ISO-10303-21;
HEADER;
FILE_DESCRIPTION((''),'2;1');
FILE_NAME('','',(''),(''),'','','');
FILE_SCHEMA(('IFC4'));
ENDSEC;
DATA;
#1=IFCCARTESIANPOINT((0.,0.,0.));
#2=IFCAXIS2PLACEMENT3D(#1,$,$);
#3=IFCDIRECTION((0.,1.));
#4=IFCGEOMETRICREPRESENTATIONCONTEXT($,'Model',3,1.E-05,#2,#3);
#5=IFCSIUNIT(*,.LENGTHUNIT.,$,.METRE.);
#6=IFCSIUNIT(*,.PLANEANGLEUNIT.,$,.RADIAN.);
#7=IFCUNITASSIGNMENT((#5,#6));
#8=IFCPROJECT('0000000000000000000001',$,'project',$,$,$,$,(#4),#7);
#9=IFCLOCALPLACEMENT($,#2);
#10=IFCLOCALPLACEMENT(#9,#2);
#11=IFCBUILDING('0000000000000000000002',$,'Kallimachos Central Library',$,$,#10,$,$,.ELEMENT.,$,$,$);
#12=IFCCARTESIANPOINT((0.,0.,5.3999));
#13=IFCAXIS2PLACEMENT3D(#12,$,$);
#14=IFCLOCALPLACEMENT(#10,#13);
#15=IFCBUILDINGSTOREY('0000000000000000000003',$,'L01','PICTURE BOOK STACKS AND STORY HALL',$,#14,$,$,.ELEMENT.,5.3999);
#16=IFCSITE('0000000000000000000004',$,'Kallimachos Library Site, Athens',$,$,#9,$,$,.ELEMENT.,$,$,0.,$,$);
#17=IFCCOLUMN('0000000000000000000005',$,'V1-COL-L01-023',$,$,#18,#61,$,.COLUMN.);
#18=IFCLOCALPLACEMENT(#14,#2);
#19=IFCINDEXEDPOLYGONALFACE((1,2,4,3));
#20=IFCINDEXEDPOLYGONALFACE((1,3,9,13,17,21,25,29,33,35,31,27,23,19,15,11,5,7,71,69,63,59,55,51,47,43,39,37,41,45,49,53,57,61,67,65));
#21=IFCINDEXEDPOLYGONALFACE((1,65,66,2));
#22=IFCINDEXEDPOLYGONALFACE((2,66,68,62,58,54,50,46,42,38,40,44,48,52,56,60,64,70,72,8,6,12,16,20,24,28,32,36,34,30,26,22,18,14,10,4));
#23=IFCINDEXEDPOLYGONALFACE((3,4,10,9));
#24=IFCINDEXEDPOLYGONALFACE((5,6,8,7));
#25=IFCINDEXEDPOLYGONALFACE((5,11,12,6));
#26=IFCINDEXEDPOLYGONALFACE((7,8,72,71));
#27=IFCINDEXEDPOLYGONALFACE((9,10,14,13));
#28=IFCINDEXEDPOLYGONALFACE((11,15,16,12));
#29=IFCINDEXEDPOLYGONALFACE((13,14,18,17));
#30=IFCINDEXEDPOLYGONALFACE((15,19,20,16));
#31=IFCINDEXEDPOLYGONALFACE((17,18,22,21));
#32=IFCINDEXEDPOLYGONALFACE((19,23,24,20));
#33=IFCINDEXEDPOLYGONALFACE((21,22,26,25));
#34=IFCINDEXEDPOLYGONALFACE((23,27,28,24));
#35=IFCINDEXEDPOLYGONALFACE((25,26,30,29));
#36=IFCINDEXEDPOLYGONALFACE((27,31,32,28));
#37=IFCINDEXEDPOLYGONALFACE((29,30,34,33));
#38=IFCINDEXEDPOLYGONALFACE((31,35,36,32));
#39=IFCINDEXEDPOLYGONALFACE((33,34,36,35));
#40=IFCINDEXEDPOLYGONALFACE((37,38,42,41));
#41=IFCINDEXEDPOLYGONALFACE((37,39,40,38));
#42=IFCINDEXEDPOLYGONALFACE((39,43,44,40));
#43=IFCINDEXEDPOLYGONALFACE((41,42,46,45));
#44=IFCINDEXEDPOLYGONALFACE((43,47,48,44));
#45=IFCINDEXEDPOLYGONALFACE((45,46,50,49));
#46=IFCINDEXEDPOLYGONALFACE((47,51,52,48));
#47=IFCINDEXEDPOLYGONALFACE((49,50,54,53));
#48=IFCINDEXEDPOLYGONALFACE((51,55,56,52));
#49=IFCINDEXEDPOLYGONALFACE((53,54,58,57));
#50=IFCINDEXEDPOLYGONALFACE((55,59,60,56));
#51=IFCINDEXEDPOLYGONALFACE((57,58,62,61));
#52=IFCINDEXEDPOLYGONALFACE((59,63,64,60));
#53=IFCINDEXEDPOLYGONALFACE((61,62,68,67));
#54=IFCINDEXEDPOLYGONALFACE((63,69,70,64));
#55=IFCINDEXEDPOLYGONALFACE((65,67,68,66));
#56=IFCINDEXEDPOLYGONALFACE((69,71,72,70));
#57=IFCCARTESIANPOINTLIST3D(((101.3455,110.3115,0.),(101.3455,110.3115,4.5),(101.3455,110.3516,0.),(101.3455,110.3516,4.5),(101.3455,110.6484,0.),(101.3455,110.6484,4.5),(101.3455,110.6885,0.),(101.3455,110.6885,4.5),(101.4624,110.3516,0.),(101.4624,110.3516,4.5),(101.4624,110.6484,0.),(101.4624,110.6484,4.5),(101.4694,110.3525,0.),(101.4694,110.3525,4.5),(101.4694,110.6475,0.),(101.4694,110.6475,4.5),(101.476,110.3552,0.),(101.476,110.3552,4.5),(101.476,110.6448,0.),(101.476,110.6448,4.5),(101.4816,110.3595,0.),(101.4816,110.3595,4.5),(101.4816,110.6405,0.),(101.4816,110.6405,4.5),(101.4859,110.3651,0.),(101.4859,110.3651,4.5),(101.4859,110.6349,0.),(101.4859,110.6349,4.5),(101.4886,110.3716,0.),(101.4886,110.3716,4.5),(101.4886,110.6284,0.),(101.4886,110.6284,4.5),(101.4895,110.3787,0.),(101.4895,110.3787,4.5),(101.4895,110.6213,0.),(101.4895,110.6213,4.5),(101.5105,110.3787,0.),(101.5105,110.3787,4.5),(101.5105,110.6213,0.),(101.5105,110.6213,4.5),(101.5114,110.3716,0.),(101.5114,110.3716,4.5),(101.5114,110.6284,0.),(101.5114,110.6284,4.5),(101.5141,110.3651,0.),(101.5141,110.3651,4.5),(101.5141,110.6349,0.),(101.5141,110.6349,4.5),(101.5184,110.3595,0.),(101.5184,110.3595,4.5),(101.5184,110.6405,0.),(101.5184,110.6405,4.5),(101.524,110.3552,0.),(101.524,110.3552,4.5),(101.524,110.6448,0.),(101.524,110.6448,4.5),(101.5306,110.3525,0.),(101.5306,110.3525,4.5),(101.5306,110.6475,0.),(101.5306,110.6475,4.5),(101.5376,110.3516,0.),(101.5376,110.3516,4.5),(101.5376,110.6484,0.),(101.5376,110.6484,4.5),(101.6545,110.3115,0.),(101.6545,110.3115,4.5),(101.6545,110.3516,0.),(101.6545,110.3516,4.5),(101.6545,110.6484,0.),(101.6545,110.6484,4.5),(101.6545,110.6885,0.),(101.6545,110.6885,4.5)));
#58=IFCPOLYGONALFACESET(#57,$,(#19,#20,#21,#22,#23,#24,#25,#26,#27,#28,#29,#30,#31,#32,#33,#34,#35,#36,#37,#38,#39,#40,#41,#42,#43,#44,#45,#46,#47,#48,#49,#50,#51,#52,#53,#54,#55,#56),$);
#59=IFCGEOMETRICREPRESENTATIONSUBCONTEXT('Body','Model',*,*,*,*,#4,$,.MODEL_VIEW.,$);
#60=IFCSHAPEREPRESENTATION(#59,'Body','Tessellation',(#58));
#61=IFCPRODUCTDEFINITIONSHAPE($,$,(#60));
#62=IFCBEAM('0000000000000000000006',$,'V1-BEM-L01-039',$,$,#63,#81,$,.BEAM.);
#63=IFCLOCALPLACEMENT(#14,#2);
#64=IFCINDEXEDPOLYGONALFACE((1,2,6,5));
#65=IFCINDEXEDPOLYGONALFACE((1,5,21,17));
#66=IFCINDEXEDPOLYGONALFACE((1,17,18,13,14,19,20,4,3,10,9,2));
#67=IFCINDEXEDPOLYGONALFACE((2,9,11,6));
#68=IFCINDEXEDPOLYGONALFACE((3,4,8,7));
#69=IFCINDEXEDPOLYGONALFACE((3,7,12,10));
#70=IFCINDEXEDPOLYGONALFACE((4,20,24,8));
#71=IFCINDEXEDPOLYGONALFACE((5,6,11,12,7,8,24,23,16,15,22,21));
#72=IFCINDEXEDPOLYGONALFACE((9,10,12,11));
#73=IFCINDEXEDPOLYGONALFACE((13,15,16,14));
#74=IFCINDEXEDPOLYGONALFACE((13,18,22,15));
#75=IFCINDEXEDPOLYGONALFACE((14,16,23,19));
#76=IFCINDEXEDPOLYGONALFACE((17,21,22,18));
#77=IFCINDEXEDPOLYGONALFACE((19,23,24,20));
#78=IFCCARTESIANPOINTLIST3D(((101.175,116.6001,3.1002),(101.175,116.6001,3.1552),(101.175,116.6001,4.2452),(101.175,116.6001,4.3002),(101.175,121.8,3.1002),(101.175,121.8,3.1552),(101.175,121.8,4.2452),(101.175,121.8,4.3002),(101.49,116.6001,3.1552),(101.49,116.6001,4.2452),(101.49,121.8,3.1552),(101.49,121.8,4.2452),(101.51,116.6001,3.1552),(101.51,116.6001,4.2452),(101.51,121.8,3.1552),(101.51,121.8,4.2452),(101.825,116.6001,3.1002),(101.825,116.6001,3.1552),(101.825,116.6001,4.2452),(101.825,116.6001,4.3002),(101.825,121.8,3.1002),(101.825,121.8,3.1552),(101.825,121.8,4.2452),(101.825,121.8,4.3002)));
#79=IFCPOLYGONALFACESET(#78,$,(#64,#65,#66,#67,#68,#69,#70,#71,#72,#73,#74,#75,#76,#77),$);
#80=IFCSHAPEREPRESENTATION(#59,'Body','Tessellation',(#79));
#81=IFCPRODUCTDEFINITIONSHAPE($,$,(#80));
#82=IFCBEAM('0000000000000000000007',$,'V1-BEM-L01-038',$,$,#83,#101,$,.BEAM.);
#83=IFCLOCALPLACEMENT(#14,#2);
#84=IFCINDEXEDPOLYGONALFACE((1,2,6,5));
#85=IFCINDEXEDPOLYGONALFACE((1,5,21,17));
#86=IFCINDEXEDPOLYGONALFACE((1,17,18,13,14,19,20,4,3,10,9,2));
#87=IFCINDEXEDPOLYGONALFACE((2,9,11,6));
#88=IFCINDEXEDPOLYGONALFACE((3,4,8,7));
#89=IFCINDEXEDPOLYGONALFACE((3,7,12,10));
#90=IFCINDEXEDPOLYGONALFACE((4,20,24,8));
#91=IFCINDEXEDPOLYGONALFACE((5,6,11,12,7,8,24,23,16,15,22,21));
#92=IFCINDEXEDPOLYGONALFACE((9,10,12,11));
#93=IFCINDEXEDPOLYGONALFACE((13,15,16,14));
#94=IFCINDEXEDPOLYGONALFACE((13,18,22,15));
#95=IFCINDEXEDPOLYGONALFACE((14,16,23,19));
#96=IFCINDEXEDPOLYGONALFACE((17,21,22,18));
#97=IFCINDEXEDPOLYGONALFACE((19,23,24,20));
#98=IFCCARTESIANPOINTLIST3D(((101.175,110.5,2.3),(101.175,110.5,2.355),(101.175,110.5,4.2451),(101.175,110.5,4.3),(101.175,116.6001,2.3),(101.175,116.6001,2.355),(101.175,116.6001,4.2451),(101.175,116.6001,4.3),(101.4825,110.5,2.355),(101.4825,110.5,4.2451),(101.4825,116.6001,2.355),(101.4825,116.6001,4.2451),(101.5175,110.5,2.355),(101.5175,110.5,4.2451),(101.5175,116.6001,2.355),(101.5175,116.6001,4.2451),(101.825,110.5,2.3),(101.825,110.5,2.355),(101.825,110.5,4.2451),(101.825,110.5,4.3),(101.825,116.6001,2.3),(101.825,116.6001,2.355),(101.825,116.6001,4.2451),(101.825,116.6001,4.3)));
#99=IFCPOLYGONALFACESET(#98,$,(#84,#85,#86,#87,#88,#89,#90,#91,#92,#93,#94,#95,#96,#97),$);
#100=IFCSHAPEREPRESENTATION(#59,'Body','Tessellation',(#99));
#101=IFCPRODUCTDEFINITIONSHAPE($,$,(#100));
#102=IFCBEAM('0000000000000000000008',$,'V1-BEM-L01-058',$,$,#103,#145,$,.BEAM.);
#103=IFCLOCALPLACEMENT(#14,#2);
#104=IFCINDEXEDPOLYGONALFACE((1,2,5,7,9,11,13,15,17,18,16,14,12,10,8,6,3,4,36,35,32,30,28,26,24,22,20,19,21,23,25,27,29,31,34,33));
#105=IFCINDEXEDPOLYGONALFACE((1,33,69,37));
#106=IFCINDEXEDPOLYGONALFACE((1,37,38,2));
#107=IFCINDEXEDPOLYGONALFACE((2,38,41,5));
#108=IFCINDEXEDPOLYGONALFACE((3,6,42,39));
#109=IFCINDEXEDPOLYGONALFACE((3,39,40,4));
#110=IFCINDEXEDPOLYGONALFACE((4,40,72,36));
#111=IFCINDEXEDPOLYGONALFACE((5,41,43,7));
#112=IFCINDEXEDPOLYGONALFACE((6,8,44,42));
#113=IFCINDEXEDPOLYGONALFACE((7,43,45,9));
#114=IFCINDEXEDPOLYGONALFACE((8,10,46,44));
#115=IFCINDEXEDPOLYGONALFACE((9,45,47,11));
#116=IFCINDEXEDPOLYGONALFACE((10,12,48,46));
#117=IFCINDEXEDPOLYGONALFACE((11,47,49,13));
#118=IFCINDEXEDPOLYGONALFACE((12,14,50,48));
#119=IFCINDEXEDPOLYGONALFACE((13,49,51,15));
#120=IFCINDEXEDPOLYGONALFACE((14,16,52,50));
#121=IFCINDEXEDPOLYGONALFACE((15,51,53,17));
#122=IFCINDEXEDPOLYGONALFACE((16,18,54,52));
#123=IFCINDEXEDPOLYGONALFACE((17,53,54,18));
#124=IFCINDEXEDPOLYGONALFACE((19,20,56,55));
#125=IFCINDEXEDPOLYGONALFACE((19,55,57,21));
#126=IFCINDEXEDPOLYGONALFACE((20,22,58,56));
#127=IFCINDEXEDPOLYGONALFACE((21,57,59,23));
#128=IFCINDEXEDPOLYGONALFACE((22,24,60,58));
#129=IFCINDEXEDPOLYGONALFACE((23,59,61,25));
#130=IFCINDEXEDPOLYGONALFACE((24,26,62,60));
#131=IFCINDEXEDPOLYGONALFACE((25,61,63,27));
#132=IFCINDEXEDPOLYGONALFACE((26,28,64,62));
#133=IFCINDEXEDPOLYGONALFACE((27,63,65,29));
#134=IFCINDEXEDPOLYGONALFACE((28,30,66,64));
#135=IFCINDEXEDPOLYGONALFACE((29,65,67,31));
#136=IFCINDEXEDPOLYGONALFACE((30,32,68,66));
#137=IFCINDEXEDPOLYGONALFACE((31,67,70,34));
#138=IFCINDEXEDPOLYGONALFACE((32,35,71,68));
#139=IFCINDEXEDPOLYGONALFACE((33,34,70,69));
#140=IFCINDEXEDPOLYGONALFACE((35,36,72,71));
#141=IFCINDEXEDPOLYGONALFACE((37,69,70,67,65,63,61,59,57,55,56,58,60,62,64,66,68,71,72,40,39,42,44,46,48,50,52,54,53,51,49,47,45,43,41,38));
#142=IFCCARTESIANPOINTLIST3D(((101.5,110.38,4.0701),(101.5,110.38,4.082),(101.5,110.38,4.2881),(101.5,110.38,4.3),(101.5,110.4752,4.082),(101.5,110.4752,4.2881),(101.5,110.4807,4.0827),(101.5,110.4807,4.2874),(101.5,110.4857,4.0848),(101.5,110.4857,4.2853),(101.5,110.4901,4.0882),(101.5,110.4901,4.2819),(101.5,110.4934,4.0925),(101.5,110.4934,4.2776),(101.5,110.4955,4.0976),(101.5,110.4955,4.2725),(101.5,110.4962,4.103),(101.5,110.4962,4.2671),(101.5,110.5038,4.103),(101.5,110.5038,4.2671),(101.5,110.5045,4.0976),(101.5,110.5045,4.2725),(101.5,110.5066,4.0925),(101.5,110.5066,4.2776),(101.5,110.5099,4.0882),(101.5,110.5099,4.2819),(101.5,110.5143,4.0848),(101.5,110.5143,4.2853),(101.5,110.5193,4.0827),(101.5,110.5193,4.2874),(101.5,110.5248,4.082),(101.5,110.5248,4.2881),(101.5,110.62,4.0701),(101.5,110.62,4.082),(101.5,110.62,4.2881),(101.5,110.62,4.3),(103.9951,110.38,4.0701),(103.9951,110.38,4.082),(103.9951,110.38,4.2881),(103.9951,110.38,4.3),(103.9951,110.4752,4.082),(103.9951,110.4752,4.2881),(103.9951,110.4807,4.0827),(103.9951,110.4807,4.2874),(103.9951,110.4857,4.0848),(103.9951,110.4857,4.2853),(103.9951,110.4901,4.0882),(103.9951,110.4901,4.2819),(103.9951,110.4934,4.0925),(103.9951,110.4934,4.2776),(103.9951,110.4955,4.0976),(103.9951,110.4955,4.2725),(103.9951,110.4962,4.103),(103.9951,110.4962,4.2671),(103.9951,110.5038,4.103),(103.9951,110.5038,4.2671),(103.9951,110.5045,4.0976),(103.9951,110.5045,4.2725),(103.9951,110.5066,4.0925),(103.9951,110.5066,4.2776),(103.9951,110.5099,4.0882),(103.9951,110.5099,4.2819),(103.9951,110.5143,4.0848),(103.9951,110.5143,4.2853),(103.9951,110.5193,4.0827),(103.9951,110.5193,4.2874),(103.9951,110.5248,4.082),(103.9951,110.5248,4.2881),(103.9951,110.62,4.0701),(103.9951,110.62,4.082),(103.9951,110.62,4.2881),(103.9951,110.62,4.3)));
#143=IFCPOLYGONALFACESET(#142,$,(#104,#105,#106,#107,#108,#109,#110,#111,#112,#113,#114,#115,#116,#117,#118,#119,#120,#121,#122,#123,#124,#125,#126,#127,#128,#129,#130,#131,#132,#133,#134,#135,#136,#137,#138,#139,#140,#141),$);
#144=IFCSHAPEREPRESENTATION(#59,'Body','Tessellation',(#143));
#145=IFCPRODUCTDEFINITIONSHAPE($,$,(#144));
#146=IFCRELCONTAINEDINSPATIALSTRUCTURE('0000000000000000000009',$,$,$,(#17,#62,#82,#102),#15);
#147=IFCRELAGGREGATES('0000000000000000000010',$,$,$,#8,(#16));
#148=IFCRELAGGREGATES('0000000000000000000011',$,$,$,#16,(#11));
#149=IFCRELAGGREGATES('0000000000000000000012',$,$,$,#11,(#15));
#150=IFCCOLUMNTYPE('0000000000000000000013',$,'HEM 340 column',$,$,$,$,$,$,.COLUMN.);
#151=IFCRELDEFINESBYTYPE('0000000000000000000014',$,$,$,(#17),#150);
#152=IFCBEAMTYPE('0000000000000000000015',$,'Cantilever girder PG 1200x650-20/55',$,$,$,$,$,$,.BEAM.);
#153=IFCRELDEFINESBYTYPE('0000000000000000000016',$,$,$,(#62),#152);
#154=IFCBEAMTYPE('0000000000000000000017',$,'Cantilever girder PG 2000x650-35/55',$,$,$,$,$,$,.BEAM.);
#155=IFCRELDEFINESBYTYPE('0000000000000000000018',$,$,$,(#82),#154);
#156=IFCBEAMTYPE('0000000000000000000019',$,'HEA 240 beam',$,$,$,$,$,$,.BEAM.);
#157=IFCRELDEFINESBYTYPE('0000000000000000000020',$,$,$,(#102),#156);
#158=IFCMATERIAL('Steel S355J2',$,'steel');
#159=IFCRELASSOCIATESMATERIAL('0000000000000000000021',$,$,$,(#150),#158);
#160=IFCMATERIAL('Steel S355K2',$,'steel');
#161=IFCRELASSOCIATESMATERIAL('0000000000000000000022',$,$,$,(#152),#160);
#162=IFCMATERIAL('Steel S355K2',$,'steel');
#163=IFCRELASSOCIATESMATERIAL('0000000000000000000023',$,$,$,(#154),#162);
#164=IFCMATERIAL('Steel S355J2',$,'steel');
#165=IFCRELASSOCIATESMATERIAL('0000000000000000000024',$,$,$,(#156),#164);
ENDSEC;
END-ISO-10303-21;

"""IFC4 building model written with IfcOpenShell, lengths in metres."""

from ifc_helpers import new_model, si_unit, direction, frame, origin, origin_2d, place, context, subcontext, project, spatial, i_section, extrude, material, material_profile, profile_set, type_object, element, save


model = new_model("IFC4")

# Units and contexts
model_context = context("Model", 3, precision=1e-05, world=origin(), true_north=direction((0.0, 1.0)))
body_context = subcontext(model_context, "Body", "Model", "MODEL_VIEW")
ifc_project = project(units=[si_unit("LENGTHUNIT", "METRE"), si_unit("PLANEANGLEUNIT", "RADIAN")], contexts=[model_context])

# Site, building, storey
site_placement = place(None, origin())
site = spatial("IfcSite", under=ifc_project, at=site_placement, Name="Kallimachos Library Site, Athens", CompositionType="ELEMENT", RefElevation=0.0)
building_placement = place(site_placement, origin())
building = spatial("IfcBuilding", under=site, at=building_placement, Name="Kallimachos Central Library", CompositionType="ELEMENT")
storey_placement = place(building_placement, frame((0.0, 0.0, 5.3999)))
storey = spatial("IfcBuildingStorey", under=building, at=storey_placement, Name="L01", Description="PICTURE BOOK STACKS AND STORY HALL", CompositionType="ELEMENT", Elevation=5.3999)

# Column
ifc_material_1 = material(Name="Steel S355J2", Category="steel")
ifc_material_profile_1 = material_profile(ifc_material_1, i_section(OverallWidth=0.3091, OverallDepth=0.377, WebThickness=0.021, FlangeThickness=0.04, FilletRadius=0.0271, at=origin_2d()), Name="HEM 340")
ifc_profile_set_1 = profile_set([ifc_material_profile_1], Name="Steel S355J2")
column_type = type_object("IfcColumnType", Name="HEM 340 column", PredefinedType="COLUMN", material=ifc_profile_set_1)
column_placement = place(storey_placement, frame((101.5, 110.5, 0.0), z_axis=(0.0, 0.0, 1.0), x_axis=(1.0, 0.0, 0.0)))
element("IfcColumn", 1, at=column_placement, inside=storey, type_object=column_type, Name="V1-COL-L01-023", PredefinedType="COLUMN", context=body_context, shape_type="SweptSolid", body=[
    extrude(i_section(OverallWidth=0.3091, OverallDepth=0.377, WebThickness=0.021, FlangeThickness=0.04, FilletRadius=0.0271, at=origin_2d()), origin(), (0.0, 0.0, 1.0), 4.5),
])

# Beams
ifc_material_2 = material(Name="Steel S355K2", Category="steel")
ifc_material_profile_2 = material_profile(ifc_material_2, i_section(OverallWidth=0.6499, OverallDepth=1.2, WebThickness=0.02, FlangeThickness=0.0549, at=origin_2d()), Name="PG 1200x650-20/55")
ifc_profile_set_2 = profile_set([ifc_material_profile_2], Name="Steel S355K2")
beam_type_1 = type_object("IfcBeamType", Name="Cantilever girder PG 1200x650-20/55", PredefinedType="BEAM", material=ifc_profile_set_2)
beam_1_placement = place(storey_placement, frame((101.5, 116.6001, 3.7002), z_axis=(0.0, 1.0, 0.0), x_axis=(-1.0, 0.0, 0.0)))
element("IfcBeam", 2, at=beam_1_placement, inside=storey, type_object=beam_type_1, Name="V1-BEM-L01-039", PredefinedType="BEAM", context=body_context, shape_type="SweptSolid", body=[
    extrude(i_section(OverallWidth=0.6499, OverallDepth=1.2, WebThickness=0.02, FlangeThickness=0.0549, at=origin_2d()), origin(), (0.0, 0.0, 1.0), 5.2),
])
ifc_material_3 = material(Name="Steel S355K2", Category="steel")
ifc_material_profile_3 = material_profile(ifc_material_3, i_section(OverallWidth=0.6499, OverallDepth=2.0, WebThickness=0.0349, FlangeThickness=0.0549, at=origin_2d()), Name="PG 2000x650-35/55")
ifc_profile_set_3 = profile_set([ifc_material_profile_3], Name="Steel S355K2")
beam_type_2 = type_object("IfcBeamType", Name="Cantilever girder PG 2000x650-35/55", PredefinedType="BEAM", material=ifc_profile_set_3)
beam_2_placement = place(storey_placement, frame((101.5, 110.5, 3.3), z_axis=(0.0, 1.0, 0.0), x_axis=(-1.0, 0.0, 0.0)))
element("IfcBeam", 3, at=beam_2_placement, inside=storey, type_object=beam_type_2, Name="V1-BEM-L01-038", PredefinedType="BEAM", context=body_context, shape_type="SweptSolid", body=[
    extrude(i_section(OverallWidth=0.6499, OverallDepth=2.0, WebThickness=0.0349, FlangeThickness=0.0549, at=origin_2d()), origin(), (0.0, 0.0, 1.0), 6.1001),
])
ifc_material_4 = material(Name="Steel S355J2", Category="steel")
ifc_material_profile_4 = material_profile(ifc_material_4, i_section(OverallWidth=0.24, OverallDepth=0.23, WebThickness=0.0076, FlangeThickness=0.012, FilletRadius=0.021, at=origin_2d()), Name="HEA 240")
ifc_profile_set_4 = profile_set([ifc_material_profile_4], Name="Steel S355J2")
beam_type_3 = type_object("IfcBeamType", Name="HEA 240 beam", PredefinedType="BEAM", material=ifc_profile_set_4)
beam_3_placement = place(storey_placement, frame((101.5, 110.5, 4.1851), z_axis=(1.0, 0.0, 0.0), x_axis=(0.0, 1.0, 0.0)))
element("IfcBeam", 4, at=beam_3_placement, inside=storey, type_object=beam_type_3, Name="V1-BEM-L01-058", PredefinedType="BEAM", context=body_context, shape_type="SweptSolid", body=[
    extrude(i_section(OverallWidth=0.24, OverallDepth=0.23, WebThickness=0.0076, FlangeThickness=0.012, FilletRadius=0.021, at=origin_2d()), origin(), (0.0, 0.0, 1.0), 2.4951),
])

save(model, "model.ifc")
